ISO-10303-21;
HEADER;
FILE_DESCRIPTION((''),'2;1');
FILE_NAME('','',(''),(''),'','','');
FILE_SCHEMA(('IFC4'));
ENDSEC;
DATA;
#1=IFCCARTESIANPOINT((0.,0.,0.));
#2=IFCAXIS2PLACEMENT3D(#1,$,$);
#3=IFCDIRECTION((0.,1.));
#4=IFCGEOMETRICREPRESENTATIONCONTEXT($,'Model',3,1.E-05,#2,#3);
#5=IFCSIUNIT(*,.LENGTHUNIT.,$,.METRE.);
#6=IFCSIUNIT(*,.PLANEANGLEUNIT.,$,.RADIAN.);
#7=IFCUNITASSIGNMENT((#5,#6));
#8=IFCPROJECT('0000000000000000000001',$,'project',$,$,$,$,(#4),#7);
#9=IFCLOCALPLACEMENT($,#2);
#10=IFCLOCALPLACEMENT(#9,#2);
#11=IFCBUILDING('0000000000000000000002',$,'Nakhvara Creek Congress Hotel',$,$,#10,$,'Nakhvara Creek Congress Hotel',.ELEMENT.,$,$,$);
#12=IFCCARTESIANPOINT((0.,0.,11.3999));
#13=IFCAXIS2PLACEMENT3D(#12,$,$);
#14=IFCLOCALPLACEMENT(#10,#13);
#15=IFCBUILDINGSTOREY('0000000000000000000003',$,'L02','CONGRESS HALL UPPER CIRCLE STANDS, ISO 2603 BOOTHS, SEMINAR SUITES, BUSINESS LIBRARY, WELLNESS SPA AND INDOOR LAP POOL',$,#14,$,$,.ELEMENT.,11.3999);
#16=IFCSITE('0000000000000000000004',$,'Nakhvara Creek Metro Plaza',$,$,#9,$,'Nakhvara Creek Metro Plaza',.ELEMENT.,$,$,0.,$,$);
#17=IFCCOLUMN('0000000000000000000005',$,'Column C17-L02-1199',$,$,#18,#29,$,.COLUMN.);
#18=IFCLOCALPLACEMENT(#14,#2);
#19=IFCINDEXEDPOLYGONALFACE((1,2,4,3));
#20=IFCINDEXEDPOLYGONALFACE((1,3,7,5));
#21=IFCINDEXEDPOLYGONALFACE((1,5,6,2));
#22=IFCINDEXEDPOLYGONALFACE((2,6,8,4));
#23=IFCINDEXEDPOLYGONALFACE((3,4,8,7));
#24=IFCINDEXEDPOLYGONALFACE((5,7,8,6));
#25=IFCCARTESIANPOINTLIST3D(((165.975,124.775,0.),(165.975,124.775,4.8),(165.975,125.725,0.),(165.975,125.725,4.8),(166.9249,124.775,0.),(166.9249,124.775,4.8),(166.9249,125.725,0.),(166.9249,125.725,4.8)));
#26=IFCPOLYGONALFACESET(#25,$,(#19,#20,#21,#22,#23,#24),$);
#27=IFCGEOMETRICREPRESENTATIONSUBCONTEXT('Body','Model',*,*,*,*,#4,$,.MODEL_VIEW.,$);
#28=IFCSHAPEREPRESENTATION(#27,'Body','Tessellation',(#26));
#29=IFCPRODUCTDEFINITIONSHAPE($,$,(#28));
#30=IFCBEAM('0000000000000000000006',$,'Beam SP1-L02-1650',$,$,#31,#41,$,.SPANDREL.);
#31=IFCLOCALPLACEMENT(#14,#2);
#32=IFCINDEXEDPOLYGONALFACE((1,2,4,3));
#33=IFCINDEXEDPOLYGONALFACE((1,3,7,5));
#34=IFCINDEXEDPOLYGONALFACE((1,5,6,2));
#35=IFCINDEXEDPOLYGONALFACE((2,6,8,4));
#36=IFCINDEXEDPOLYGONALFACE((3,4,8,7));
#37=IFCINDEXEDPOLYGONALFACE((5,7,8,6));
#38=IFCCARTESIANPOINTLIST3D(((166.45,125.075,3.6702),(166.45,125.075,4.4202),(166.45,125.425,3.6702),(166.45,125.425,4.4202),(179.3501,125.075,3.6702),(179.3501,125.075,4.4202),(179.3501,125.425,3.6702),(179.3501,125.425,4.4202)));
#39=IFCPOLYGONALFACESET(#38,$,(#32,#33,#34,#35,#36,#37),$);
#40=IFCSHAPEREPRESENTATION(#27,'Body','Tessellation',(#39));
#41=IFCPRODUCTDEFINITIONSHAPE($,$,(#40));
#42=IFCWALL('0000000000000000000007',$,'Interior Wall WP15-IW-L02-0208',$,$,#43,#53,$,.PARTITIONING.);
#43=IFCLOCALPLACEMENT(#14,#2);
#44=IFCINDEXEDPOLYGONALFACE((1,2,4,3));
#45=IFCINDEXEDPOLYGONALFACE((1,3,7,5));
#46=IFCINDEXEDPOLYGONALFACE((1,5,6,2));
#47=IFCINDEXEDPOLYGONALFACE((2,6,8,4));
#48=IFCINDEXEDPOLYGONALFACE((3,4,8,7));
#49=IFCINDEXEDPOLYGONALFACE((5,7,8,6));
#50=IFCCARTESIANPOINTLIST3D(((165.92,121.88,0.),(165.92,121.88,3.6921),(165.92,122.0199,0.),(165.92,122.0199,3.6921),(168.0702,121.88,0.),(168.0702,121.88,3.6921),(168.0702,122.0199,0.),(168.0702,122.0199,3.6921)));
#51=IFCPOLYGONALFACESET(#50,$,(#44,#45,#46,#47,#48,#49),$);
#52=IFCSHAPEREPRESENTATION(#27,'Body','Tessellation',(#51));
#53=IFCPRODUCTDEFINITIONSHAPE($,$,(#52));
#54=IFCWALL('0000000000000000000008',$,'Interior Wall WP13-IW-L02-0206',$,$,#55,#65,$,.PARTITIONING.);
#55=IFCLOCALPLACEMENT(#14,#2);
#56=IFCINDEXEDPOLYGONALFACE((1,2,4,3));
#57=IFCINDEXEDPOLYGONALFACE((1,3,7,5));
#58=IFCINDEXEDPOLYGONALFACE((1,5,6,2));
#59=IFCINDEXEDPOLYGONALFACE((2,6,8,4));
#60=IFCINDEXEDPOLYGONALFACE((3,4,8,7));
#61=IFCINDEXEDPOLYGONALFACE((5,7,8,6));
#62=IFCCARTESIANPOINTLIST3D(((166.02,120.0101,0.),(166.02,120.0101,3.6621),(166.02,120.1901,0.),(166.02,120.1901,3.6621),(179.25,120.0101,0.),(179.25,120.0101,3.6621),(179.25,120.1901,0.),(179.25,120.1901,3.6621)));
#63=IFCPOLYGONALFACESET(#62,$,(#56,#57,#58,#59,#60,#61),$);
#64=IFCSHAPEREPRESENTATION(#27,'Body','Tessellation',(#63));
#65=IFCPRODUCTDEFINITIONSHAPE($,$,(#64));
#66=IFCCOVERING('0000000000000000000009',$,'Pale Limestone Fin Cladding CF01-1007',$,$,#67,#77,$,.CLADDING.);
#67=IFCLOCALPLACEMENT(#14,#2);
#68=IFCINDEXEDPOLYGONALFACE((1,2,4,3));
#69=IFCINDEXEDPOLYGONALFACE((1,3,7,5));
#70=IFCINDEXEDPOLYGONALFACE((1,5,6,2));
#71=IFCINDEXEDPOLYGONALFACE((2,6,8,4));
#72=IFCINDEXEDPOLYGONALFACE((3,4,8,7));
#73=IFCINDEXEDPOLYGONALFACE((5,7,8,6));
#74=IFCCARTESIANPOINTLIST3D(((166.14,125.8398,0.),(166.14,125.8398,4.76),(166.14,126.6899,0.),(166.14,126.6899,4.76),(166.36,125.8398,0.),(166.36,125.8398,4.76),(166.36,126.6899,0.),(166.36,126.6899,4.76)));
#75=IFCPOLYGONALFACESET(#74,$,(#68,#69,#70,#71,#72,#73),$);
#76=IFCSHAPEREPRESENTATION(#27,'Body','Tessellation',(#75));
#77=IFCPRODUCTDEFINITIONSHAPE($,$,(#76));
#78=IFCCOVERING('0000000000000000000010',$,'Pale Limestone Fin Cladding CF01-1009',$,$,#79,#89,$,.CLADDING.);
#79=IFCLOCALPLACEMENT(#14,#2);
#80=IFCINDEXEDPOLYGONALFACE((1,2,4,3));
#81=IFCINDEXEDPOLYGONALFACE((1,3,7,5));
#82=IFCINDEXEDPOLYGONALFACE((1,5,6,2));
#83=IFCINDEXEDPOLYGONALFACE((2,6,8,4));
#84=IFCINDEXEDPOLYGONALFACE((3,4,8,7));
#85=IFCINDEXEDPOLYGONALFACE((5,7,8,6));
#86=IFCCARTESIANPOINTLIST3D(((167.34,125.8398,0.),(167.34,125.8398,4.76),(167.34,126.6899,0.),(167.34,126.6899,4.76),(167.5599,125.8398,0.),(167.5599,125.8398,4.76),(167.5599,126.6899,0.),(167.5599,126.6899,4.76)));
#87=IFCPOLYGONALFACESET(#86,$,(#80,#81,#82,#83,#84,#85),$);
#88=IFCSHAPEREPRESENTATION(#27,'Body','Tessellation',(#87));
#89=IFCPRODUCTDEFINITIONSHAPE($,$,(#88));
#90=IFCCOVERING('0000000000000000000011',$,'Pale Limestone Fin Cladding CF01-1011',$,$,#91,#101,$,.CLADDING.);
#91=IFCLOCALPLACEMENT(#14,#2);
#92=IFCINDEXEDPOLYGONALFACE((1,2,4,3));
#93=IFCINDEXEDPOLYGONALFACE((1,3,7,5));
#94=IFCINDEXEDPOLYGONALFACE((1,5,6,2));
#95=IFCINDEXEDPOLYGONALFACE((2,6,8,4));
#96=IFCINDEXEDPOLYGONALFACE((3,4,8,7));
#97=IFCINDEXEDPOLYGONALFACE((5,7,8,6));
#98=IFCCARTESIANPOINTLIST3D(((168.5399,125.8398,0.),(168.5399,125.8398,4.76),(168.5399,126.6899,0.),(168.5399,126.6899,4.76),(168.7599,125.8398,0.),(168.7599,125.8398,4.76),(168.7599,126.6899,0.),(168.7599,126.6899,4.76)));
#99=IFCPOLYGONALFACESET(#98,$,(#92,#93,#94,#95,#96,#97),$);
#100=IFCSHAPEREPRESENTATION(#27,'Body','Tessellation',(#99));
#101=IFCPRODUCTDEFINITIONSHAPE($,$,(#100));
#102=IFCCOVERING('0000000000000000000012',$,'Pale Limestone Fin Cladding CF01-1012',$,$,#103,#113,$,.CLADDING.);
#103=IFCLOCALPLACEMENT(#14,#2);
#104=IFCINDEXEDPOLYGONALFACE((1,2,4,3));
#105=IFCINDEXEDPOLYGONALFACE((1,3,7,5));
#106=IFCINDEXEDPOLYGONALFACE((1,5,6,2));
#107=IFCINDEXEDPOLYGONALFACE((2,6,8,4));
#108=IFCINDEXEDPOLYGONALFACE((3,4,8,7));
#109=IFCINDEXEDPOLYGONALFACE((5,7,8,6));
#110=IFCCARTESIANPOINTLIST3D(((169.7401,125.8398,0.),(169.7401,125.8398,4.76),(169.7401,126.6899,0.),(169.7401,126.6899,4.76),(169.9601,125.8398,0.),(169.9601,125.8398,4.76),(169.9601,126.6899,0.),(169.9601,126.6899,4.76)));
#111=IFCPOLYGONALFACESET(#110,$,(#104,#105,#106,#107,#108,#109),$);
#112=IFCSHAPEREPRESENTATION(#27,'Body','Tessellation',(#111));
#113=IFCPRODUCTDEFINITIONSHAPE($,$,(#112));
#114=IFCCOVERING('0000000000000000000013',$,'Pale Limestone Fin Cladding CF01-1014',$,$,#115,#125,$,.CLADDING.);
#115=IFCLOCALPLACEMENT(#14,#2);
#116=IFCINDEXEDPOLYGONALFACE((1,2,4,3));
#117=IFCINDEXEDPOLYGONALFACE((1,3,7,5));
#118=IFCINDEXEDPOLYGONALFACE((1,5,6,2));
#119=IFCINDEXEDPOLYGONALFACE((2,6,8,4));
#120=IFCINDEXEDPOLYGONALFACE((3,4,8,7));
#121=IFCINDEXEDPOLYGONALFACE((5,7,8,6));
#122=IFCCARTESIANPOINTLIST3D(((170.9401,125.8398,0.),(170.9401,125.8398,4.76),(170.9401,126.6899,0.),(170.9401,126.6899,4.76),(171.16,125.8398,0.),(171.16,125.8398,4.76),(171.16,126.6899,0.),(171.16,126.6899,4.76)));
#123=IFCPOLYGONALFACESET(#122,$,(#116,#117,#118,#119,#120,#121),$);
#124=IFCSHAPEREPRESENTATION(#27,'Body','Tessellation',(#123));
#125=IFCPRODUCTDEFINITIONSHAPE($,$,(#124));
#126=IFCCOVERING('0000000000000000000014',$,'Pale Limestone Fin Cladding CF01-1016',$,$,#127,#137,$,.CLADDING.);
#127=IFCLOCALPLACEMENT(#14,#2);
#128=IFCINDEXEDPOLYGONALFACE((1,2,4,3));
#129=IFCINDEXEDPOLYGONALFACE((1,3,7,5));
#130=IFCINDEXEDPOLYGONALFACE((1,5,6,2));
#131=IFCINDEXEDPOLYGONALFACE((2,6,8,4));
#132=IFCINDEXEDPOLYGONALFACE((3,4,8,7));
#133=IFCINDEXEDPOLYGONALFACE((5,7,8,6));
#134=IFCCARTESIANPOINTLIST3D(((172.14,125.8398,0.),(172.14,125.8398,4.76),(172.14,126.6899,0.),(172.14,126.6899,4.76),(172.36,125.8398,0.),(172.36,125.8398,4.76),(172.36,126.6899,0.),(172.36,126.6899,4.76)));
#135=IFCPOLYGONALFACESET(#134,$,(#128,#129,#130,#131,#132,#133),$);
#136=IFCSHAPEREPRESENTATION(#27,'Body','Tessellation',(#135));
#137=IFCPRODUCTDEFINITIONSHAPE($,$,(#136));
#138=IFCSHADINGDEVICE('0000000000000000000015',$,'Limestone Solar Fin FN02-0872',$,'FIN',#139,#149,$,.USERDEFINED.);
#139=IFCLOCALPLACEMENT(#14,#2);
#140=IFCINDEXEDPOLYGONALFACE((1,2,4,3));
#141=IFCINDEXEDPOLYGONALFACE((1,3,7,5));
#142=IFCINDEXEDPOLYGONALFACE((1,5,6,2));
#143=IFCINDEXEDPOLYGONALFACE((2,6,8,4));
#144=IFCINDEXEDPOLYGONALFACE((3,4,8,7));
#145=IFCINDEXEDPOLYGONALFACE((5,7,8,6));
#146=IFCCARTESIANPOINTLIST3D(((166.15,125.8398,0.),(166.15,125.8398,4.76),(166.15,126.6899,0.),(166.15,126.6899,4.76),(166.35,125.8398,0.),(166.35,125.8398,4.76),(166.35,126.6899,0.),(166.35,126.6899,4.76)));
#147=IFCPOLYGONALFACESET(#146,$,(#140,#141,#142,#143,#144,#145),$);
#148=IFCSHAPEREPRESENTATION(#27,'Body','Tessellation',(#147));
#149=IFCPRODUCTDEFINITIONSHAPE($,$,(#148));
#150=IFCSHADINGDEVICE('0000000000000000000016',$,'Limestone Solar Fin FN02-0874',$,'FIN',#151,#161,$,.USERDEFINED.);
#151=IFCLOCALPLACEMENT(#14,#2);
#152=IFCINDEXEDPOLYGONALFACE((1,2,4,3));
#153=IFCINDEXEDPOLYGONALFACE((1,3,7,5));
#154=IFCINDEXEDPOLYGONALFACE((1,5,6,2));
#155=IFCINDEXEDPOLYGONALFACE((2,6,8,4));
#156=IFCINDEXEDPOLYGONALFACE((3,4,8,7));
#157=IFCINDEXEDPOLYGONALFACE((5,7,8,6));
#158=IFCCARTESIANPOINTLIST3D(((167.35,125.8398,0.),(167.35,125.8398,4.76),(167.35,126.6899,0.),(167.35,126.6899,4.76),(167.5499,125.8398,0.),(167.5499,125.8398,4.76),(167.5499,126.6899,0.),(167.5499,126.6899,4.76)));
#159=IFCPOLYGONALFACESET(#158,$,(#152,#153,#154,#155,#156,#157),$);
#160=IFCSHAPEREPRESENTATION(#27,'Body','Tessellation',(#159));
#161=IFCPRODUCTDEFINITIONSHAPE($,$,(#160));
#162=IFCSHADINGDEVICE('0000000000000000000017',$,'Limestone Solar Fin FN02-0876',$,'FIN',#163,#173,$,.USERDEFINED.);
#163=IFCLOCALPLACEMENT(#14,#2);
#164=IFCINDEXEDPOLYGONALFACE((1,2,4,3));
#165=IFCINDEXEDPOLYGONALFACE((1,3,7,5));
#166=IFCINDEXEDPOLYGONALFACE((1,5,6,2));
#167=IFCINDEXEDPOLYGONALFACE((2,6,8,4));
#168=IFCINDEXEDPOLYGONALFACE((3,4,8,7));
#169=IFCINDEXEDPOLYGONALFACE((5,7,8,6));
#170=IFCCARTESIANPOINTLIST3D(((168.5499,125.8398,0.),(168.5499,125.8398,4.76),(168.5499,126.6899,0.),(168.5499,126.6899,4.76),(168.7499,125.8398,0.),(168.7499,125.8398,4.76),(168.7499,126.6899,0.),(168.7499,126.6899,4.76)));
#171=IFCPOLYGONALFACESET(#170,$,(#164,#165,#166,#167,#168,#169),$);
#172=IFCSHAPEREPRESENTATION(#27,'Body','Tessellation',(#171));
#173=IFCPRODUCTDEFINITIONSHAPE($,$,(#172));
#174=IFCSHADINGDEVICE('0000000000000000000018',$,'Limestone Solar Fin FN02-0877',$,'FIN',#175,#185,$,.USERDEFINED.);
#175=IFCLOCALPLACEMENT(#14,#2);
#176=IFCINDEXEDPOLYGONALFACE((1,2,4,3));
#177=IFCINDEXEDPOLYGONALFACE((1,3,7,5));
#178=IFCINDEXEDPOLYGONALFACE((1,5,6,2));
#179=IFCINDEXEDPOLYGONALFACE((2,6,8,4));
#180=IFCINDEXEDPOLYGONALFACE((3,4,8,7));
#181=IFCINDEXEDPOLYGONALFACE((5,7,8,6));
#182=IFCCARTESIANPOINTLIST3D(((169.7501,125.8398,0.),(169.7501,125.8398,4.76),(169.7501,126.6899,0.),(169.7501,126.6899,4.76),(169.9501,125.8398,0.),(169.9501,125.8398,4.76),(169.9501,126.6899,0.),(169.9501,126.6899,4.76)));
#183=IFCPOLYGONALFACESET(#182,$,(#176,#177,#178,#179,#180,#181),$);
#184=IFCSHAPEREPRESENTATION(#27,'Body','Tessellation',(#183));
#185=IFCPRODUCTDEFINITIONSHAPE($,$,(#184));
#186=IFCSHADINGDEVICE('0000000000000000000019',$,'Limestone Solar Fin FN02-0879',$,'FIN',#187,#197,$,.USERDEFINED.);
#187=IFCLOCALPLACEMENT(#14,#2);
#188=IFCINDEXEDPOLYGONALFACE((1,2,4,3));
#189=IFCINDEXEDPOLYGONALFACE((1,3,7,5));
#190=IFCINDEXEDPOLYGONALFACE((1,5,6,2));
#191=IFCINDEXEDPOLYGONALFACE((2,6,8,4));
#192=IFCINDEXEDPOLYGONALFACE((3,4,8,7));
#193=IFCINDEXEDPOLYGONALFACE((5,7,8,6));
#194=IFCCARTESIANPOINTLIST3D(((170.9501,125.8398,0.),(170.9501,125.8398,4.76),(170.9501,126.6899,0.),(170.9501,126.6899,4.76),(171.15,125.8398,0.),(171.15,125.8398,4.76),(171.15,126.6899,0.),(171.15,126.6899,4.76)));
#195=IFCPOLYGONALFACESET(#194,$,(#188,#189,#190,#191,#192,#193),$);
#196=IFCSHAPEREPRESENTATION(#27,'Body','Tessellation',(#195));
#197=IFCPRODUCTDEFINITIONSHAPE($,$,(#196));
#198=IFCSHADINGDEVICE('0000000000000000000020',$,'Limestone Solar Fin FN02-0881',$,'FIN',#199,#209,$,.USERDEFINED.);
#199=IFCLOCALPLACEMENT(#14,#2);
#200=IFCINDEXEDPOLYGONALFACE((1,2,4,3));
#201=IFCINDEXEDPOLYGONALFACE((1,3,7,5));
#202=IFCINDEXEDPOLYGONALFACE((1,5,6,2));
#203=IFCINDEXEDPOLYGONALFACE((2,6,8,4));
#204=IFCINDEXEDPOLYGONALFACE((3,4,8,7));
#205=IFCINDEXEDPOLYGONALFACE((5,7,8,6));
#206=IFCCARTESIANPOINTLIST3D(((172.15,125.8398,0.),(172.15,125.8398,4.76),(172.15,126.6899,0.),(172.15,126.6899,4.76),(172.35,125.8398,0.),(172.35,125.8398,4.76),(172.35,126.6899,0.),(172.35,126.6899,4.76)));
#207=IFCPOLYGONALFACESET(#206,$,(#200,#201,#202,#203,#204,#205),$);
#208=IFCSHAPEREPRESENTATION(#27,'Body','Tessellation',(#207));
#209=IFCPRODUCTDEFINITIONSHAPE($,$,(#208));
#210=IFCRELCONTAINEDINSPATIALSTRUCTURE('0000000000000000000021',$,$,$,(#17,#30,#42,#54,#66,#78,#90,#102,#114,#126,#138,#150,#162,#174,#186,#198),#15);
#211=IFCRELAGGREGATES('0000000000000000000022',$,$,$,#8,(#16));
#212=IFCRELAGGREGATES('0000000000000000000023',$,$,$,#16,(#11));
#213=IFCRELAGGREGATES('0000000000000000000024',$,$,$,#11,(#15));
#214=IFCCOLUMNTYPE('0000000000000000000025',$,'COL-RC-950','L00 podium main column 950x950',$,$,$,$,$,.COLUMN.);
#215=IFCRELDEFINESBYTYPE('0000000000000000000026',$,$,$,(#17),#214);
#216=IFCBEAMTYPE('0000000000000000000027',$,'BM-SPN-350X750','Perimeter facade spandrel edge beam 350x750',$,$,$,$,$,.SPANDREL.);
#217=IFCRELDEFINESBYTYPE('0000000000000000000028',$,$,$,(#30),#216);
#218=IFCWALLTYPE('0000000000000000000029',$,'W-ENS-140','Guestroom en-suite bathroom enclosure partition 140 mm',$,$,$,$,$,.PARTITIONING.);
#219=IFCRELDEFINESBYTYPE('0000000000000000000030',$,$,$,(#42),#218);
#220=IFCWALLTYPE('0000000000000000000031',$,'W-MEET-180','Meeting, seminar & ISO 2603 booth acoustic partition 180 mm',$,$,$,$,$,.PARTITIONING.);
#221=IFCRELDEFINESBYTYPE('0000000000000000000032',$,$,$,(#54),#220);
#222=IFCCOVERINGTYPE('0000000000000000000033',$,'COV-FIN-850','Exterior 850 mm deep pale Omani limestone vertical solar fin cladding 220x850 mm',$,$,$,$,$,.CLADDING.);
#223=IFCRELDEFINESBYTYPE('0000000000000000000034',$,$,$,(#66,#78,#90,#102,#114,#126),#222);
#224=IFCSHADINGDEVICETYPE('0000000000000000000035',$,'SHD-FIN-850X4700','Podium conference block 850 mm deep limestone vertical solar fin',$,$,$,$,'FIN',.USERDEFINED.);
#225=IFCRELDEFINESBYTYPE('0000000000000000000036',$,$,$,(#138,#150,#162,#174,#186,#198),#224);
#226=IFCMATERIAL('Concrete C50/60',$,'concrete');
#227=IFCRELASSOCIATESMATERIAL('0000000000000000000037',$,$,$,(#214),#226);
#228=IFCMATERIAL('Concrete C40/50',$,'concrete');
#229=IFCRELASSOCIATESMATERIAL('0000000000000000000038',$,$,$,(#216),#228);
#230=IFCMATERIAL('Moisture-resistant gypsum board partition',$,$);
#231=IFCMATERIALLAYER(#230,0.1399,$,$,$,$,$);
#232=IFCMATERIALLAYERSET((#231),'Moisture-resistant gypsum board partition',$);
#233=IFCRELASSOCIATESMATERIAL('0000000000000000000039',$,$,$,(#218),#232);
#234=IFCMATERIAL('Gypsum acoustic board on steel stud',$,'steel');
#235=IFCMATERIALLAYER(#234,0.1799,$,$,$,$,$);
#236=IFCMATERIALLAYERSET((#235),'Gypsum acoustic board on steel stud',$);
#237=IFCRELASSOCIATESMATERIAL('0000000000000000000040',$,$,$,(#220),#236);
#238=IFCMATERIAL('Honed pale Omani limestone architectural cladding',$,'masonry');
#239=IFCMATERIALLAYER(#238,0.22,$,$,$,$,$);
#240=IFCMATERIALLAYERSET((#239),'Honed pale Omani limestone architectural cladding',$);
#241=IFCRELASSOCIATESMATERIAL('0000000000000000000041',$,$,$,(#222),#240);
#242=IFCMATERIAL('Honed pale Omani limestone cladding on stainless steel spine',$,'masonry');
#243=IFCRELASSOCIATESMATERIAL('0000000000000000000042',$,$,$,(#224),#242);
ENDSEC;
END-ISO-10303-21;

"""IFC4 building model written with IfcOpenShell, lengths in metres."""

from ifc_helpers import new_model, si_unit, direction, frame, frame_2d, origin, origin_2d, place, context, subcontext, project, spatial, rectangle, extrude, material, layer, layer_set, material_profile, profile_set, type_object, element, save


model = new_model("IFC4")

# Units and contexts
model_context = context("Model", 3, precision=1e-05, world=origin(), true_north=direction((0.0, 1.0)))
body_context = subcontext(model_context, "Body", "Model", "MODEL_VIEW")
ifc_project = project(units=[si_unit("LENGTHUNIT", "METRE"), si_unit("PLANEANGLEUNIT", "RADIAN")], contexts=[model_context])

# Site, building, storey
site_placement = place(None, origin())
site = spatial("IfcSite", under=ifc_project, at=site_placement, Name="Nakhvara Creek Metro Plaza", LongName="Nakhvara Creek Metro Plaza", CompositionType="ELEMENT", RefElevation=0.0)
building_placement = place(site_placement, origin())
building = spatial("IfcBuilding", under=site, at=building_placement, Name="Nakhvara Creek Congress Hotel", LongName="Nakhvara Creek Congress Hotel", CompositionType="ELEMENT")
storey_placement = place(building_placement, frame((0.0, 0.0, 11.3999)))
storey = spatial("IfcBuildingStorey", under=building, at=storey_placement, Name="L02", Description="CONGRESS HALL UPPER CIRCLE STANDS, ISO 2603 BOOTHS, SEMINAR SUITES, BUSINESS LIBRARY, WELLNESS SPA AND INDOOR LAP POOL", CompositionType="ELEMENT", Elevation=11.3999)

# Column
ifc_material_1 = material(Name="Concrete C50/60", Category="concrete")
ifc_material_profile_1 = material_profile(ifc_material_1, rectangle(XDim=0.95, YDim=0.95, at=origin_2d()), Name="RC-COL 950x950", Category="LoadBearing")
ifc_profile_set_1 = profile_set([ifc_material_profile_1], Name="Concrete C50/60")
column_type = type_object("IfcColumnType", Name="COL-RC-950", Description="L00 podium main column 950x950", PredefinedType="COLUMN", material=ifc_profile_set_1)
column_placement = place(storey_placement, frame((166.45, 125.25, 0.0), z_axis=(0.0, 0.0, 1.0), x_axis=(1.0, 0.0, 0.0)))
element("IfcColumn", 1, at=column_placement, inside=storey, type_object=column_type, Name="Column C17-L02-1199", PredefinedType="COLUMN", context=body_context, shape_type="SweptSolid", body=[
    extrude(rectangle(XDim=0.95, YDim=0.95, at=origin_2d()), origin(), (0.0, 0.0, 1.0), 4.8),
])

# Beam
ifc_material_2 = material(Name="Concrete C40/50", Category="concrete")
ifc_material_profile_2 = material_profile(ifc_material_2, rectangle(XDim=0.3501, YDim=0.75, at=origin_2d()), Name="RC-SPANDREL 350x750", Category="LoadBearing")
ifc_profile_set_2 = profile_set([ifc_material_profile_2], Name="Concrete C40/50")
beam_type = type_object("IfcBeamType", Name="BM-SPN-350X750", Description="Perimeter facade spandrel edge beam 350x750", PredefinedType="SPANDREL", material=ifc_profile_set_2)
beam_placement = place(storey_placement, frame((166.45, 125.25, 4.0452), z_axis=(1.0, 0.0, 0.0), x_axis=(0.0, 1.0, 0.0)))
element("IfcBeam", 2, at=beam_placement, inside=storey, type_object=beam_type, Name="Beam SP1-L02-1650", PredefinedType="SPANDREL", context=body_context, shape_type="SweptSolid", body=[
    extrude(rectangle(XDim=0.3501, YDim=0.75, at=origin_2d()), origin(), (0.0, 0.0, 1.0), 12.9001),
])

# Shared definitions
ifc_material_3 = material(Name="Moisture-resistant gypsum board partition")
ifc_layer_1 = layer(ifc_material_3, 0.1399)
ifc_layer_set_1 = layer_set([ifc_layer_1], Name="Moisture-resistant gypsum board partition")
wall_type_1 = type_object("IfcWallType", Name="W-ENS-140", Description="Guestroom en-suite bathroom enclosure partition 140 mm", PredefinedType="PARTITIONING", material=ifc_layer_set_1)

# Walls
wall_1_placement = place(storey_placement, frame((165.9199, 121.95, 0.0), z_axis=(0.0, 0.0, 1.0), x_axis=(1.0, 0.0, 0.0)))
element("IfcWall", 3, at=wall_1_placement, inside=storey, type_object=wall_type_1, Name="Interior Wall WP15-IW-L02-0208", PredefinedType="PARTITIONING", context=body_context, shape_type="SweptSolid", body=[
    extrude(rectangle(XDim=2.1501, YDim=0.1399, at=frame_2d((1.0752, 0.0))), origin(), (0.0, 0.0, 1.0), 3.6921),
])
ifc_material_4 = material(Name="Gypsum acoustic board on steel stud", Category="steel")
ifc_layer_2 = layer(ifc_material_4, 0.1799)
ifc_layer_set_2 = layer_set([ifc_layer_2], Name="Gypsum acoustic board on steel stud")
wall_type_2 = type_object("IfcWallType", Name="W-MEET-180", Description="Meeting, seminar & ISO 2603 booth acoustic partition 180 mm", PredefinedType="PARTITIONING", material=ifc_layer_set_2)
wall_2_placement = place(storey_placement, frame((166.02, 120.1001, 0.0), z_axis=(0.0, 0.0, 1.0), x_axis=(1.0, 0.0, 0.0)))
element("IfcWall", 4, at=wall_2_placement, inside=storey, type_object=wall_type_2, Name="Interior Wall WP13-IW-L02-0206", PredefinedType="PARTITIONING", context=body_context, shape_type="SweptSolid", body=[
    extrude(rectangle(XDim=13.23, YDim=0.1799, at=frame_2d((6.615, 0.0))), origin(), (0.0, 0.0, 1.0), 3.6621),
])

# Coverings
ifc_material_5 = material(Name="Honed pale Omani limestone architectural cladding", Category="masonry")
ifc_layer_3 = layer(ifc_material_5, 0.22)
ifc_layer_set_3 = layer_set([ifc_layer_3], Name="Honed pale Omani limestone architectural cladding")
covering_type = type_object("IfcCoveringType", Name="COV-FIN-850", Description="Exterior 850 mm deep pale Omani limestone vertical solar fin cladding 220x850 mm", PredefinedType="CLADDING", material=ifc_layer_set_3)
for number, where, z_axis, x_axis, name in (
    (5, (166.25, 126.2649, 0.0), (0.0, 0.0, 1.0), (1.0, 0.0, 0.0), "Pale Limestone Fin Cladding CF01-1007"),
    (6, (167.45, 126.2649, 0.0), (0.0, 0.0, 1.0), (1.0, 0.0, 0.0), "Pale Limestone Fin Cladding CF01-1009"),
    (7, (168.6499, 126.2649, 0.0), (0.0, 0.0, 1.0), (1.0, 0.0, 0.0), "Pale Limestone Fin Cladding CF01-1011"),
    (8, (169.8501, 126.2649, 0.0), (0.0, 0.0, 1.0), (1.0, 0.0, 0.0), "Pale Limestone Fin Cladding CF01-1012"),
    (9, (171.05, 126.2649, 0.0), (0.0, 0.0, 1.0), (1.0, 0.0, 0.0), "Pale Limestone Fin Cladding CF01-1014"),
    (10, (172.25, 126.2649, 0.0), (0.0, 0.0, 1.0), (1.0, 0.0, 0.0), "Pale Limestone Fin Cladding CF01-1016"),
):
    element("IfcCovering", number, at=place(storey_placement, frame(where, z_axis=z_axis, x_axis=x_axis)), inside=storey, type_object=covering_type, Name=name, PredefinedType="CLADDING", context=body_context, shape_type="SweptSolid", body=[
        extrude(rectangle(XDim=0.22, YDim=0.8501, at=origin_2d()), origin(), (0.0, 0.0, 1.0), 4.76),
    ])

# Shading devices
ifc_material_6 = material(Name="Honed pale Omani limestone cladding on stainless steel spine", Category="masonry")
shading_device_type = type_object("IfcShadingDeviceType", Name="SHD-FIN-850X4700", Description="Podium conference block 850 mm deep limestone vertical solar fin", ElementType="FIN", PredefinedType="USERDEFINED", material=ifc_material_6)
for number, where, z_axis, x_axis, name in (
    (11, (166.25, 126.2649, 0.0), (0.0, 0.0, 1.0), (1.0, 0.0, 0.0), "Limestone Solar Fin FN02-0872"),
    (12, (167.45, 126.2649, 0.0), (0.0, 0.0, 1.0), (1.0, 0.0, 0.0), "Limestone Solar Fin FN02-0874"),
    (13, (168.6499, 126.2649, 0.0), (0.0, 0.0, 1.0), (1.0, 0.0, 0.0), "Limestone Solar Fin FN02-0876"),
    (14, (169.8501, 126.2649, 0.0), (0.0, 0.0, 1.0), (1.0, 0.0, 0.0), "Limestone Solar Fin FN02-0877"),
    (15, (171.05, 126.2649, 0.0), (0.0, 0.0, 1.0), (1.0, 0.0, 0.0), "Limestone Solar Fin FN02-0879"),
    (16, (172.25, 126.2649, 0.0), (0.0, 0.0, 1.0), (1.0, 0.0, 0.0), "Limestone Solar Fin FN02-0881"),
):
    element("IfcShadingDevice", number, at=place(storey_placement, frame(where, z_axis=z_axis, x_axis=x_axis)), inside=storey, type_object=shading_device_type, Name=name, ObjectType="FIN", PredefinedType="USERDEFINED", context=body_context, shape_type="SweptSolid", body=[
        extrude(rectangle(XDim=0.2, YDim=0.8501, at=origin_2d()), origin(), (0.0, 0.0, 1.0), 4.76),
    ])

save(model, "model.ifc")
